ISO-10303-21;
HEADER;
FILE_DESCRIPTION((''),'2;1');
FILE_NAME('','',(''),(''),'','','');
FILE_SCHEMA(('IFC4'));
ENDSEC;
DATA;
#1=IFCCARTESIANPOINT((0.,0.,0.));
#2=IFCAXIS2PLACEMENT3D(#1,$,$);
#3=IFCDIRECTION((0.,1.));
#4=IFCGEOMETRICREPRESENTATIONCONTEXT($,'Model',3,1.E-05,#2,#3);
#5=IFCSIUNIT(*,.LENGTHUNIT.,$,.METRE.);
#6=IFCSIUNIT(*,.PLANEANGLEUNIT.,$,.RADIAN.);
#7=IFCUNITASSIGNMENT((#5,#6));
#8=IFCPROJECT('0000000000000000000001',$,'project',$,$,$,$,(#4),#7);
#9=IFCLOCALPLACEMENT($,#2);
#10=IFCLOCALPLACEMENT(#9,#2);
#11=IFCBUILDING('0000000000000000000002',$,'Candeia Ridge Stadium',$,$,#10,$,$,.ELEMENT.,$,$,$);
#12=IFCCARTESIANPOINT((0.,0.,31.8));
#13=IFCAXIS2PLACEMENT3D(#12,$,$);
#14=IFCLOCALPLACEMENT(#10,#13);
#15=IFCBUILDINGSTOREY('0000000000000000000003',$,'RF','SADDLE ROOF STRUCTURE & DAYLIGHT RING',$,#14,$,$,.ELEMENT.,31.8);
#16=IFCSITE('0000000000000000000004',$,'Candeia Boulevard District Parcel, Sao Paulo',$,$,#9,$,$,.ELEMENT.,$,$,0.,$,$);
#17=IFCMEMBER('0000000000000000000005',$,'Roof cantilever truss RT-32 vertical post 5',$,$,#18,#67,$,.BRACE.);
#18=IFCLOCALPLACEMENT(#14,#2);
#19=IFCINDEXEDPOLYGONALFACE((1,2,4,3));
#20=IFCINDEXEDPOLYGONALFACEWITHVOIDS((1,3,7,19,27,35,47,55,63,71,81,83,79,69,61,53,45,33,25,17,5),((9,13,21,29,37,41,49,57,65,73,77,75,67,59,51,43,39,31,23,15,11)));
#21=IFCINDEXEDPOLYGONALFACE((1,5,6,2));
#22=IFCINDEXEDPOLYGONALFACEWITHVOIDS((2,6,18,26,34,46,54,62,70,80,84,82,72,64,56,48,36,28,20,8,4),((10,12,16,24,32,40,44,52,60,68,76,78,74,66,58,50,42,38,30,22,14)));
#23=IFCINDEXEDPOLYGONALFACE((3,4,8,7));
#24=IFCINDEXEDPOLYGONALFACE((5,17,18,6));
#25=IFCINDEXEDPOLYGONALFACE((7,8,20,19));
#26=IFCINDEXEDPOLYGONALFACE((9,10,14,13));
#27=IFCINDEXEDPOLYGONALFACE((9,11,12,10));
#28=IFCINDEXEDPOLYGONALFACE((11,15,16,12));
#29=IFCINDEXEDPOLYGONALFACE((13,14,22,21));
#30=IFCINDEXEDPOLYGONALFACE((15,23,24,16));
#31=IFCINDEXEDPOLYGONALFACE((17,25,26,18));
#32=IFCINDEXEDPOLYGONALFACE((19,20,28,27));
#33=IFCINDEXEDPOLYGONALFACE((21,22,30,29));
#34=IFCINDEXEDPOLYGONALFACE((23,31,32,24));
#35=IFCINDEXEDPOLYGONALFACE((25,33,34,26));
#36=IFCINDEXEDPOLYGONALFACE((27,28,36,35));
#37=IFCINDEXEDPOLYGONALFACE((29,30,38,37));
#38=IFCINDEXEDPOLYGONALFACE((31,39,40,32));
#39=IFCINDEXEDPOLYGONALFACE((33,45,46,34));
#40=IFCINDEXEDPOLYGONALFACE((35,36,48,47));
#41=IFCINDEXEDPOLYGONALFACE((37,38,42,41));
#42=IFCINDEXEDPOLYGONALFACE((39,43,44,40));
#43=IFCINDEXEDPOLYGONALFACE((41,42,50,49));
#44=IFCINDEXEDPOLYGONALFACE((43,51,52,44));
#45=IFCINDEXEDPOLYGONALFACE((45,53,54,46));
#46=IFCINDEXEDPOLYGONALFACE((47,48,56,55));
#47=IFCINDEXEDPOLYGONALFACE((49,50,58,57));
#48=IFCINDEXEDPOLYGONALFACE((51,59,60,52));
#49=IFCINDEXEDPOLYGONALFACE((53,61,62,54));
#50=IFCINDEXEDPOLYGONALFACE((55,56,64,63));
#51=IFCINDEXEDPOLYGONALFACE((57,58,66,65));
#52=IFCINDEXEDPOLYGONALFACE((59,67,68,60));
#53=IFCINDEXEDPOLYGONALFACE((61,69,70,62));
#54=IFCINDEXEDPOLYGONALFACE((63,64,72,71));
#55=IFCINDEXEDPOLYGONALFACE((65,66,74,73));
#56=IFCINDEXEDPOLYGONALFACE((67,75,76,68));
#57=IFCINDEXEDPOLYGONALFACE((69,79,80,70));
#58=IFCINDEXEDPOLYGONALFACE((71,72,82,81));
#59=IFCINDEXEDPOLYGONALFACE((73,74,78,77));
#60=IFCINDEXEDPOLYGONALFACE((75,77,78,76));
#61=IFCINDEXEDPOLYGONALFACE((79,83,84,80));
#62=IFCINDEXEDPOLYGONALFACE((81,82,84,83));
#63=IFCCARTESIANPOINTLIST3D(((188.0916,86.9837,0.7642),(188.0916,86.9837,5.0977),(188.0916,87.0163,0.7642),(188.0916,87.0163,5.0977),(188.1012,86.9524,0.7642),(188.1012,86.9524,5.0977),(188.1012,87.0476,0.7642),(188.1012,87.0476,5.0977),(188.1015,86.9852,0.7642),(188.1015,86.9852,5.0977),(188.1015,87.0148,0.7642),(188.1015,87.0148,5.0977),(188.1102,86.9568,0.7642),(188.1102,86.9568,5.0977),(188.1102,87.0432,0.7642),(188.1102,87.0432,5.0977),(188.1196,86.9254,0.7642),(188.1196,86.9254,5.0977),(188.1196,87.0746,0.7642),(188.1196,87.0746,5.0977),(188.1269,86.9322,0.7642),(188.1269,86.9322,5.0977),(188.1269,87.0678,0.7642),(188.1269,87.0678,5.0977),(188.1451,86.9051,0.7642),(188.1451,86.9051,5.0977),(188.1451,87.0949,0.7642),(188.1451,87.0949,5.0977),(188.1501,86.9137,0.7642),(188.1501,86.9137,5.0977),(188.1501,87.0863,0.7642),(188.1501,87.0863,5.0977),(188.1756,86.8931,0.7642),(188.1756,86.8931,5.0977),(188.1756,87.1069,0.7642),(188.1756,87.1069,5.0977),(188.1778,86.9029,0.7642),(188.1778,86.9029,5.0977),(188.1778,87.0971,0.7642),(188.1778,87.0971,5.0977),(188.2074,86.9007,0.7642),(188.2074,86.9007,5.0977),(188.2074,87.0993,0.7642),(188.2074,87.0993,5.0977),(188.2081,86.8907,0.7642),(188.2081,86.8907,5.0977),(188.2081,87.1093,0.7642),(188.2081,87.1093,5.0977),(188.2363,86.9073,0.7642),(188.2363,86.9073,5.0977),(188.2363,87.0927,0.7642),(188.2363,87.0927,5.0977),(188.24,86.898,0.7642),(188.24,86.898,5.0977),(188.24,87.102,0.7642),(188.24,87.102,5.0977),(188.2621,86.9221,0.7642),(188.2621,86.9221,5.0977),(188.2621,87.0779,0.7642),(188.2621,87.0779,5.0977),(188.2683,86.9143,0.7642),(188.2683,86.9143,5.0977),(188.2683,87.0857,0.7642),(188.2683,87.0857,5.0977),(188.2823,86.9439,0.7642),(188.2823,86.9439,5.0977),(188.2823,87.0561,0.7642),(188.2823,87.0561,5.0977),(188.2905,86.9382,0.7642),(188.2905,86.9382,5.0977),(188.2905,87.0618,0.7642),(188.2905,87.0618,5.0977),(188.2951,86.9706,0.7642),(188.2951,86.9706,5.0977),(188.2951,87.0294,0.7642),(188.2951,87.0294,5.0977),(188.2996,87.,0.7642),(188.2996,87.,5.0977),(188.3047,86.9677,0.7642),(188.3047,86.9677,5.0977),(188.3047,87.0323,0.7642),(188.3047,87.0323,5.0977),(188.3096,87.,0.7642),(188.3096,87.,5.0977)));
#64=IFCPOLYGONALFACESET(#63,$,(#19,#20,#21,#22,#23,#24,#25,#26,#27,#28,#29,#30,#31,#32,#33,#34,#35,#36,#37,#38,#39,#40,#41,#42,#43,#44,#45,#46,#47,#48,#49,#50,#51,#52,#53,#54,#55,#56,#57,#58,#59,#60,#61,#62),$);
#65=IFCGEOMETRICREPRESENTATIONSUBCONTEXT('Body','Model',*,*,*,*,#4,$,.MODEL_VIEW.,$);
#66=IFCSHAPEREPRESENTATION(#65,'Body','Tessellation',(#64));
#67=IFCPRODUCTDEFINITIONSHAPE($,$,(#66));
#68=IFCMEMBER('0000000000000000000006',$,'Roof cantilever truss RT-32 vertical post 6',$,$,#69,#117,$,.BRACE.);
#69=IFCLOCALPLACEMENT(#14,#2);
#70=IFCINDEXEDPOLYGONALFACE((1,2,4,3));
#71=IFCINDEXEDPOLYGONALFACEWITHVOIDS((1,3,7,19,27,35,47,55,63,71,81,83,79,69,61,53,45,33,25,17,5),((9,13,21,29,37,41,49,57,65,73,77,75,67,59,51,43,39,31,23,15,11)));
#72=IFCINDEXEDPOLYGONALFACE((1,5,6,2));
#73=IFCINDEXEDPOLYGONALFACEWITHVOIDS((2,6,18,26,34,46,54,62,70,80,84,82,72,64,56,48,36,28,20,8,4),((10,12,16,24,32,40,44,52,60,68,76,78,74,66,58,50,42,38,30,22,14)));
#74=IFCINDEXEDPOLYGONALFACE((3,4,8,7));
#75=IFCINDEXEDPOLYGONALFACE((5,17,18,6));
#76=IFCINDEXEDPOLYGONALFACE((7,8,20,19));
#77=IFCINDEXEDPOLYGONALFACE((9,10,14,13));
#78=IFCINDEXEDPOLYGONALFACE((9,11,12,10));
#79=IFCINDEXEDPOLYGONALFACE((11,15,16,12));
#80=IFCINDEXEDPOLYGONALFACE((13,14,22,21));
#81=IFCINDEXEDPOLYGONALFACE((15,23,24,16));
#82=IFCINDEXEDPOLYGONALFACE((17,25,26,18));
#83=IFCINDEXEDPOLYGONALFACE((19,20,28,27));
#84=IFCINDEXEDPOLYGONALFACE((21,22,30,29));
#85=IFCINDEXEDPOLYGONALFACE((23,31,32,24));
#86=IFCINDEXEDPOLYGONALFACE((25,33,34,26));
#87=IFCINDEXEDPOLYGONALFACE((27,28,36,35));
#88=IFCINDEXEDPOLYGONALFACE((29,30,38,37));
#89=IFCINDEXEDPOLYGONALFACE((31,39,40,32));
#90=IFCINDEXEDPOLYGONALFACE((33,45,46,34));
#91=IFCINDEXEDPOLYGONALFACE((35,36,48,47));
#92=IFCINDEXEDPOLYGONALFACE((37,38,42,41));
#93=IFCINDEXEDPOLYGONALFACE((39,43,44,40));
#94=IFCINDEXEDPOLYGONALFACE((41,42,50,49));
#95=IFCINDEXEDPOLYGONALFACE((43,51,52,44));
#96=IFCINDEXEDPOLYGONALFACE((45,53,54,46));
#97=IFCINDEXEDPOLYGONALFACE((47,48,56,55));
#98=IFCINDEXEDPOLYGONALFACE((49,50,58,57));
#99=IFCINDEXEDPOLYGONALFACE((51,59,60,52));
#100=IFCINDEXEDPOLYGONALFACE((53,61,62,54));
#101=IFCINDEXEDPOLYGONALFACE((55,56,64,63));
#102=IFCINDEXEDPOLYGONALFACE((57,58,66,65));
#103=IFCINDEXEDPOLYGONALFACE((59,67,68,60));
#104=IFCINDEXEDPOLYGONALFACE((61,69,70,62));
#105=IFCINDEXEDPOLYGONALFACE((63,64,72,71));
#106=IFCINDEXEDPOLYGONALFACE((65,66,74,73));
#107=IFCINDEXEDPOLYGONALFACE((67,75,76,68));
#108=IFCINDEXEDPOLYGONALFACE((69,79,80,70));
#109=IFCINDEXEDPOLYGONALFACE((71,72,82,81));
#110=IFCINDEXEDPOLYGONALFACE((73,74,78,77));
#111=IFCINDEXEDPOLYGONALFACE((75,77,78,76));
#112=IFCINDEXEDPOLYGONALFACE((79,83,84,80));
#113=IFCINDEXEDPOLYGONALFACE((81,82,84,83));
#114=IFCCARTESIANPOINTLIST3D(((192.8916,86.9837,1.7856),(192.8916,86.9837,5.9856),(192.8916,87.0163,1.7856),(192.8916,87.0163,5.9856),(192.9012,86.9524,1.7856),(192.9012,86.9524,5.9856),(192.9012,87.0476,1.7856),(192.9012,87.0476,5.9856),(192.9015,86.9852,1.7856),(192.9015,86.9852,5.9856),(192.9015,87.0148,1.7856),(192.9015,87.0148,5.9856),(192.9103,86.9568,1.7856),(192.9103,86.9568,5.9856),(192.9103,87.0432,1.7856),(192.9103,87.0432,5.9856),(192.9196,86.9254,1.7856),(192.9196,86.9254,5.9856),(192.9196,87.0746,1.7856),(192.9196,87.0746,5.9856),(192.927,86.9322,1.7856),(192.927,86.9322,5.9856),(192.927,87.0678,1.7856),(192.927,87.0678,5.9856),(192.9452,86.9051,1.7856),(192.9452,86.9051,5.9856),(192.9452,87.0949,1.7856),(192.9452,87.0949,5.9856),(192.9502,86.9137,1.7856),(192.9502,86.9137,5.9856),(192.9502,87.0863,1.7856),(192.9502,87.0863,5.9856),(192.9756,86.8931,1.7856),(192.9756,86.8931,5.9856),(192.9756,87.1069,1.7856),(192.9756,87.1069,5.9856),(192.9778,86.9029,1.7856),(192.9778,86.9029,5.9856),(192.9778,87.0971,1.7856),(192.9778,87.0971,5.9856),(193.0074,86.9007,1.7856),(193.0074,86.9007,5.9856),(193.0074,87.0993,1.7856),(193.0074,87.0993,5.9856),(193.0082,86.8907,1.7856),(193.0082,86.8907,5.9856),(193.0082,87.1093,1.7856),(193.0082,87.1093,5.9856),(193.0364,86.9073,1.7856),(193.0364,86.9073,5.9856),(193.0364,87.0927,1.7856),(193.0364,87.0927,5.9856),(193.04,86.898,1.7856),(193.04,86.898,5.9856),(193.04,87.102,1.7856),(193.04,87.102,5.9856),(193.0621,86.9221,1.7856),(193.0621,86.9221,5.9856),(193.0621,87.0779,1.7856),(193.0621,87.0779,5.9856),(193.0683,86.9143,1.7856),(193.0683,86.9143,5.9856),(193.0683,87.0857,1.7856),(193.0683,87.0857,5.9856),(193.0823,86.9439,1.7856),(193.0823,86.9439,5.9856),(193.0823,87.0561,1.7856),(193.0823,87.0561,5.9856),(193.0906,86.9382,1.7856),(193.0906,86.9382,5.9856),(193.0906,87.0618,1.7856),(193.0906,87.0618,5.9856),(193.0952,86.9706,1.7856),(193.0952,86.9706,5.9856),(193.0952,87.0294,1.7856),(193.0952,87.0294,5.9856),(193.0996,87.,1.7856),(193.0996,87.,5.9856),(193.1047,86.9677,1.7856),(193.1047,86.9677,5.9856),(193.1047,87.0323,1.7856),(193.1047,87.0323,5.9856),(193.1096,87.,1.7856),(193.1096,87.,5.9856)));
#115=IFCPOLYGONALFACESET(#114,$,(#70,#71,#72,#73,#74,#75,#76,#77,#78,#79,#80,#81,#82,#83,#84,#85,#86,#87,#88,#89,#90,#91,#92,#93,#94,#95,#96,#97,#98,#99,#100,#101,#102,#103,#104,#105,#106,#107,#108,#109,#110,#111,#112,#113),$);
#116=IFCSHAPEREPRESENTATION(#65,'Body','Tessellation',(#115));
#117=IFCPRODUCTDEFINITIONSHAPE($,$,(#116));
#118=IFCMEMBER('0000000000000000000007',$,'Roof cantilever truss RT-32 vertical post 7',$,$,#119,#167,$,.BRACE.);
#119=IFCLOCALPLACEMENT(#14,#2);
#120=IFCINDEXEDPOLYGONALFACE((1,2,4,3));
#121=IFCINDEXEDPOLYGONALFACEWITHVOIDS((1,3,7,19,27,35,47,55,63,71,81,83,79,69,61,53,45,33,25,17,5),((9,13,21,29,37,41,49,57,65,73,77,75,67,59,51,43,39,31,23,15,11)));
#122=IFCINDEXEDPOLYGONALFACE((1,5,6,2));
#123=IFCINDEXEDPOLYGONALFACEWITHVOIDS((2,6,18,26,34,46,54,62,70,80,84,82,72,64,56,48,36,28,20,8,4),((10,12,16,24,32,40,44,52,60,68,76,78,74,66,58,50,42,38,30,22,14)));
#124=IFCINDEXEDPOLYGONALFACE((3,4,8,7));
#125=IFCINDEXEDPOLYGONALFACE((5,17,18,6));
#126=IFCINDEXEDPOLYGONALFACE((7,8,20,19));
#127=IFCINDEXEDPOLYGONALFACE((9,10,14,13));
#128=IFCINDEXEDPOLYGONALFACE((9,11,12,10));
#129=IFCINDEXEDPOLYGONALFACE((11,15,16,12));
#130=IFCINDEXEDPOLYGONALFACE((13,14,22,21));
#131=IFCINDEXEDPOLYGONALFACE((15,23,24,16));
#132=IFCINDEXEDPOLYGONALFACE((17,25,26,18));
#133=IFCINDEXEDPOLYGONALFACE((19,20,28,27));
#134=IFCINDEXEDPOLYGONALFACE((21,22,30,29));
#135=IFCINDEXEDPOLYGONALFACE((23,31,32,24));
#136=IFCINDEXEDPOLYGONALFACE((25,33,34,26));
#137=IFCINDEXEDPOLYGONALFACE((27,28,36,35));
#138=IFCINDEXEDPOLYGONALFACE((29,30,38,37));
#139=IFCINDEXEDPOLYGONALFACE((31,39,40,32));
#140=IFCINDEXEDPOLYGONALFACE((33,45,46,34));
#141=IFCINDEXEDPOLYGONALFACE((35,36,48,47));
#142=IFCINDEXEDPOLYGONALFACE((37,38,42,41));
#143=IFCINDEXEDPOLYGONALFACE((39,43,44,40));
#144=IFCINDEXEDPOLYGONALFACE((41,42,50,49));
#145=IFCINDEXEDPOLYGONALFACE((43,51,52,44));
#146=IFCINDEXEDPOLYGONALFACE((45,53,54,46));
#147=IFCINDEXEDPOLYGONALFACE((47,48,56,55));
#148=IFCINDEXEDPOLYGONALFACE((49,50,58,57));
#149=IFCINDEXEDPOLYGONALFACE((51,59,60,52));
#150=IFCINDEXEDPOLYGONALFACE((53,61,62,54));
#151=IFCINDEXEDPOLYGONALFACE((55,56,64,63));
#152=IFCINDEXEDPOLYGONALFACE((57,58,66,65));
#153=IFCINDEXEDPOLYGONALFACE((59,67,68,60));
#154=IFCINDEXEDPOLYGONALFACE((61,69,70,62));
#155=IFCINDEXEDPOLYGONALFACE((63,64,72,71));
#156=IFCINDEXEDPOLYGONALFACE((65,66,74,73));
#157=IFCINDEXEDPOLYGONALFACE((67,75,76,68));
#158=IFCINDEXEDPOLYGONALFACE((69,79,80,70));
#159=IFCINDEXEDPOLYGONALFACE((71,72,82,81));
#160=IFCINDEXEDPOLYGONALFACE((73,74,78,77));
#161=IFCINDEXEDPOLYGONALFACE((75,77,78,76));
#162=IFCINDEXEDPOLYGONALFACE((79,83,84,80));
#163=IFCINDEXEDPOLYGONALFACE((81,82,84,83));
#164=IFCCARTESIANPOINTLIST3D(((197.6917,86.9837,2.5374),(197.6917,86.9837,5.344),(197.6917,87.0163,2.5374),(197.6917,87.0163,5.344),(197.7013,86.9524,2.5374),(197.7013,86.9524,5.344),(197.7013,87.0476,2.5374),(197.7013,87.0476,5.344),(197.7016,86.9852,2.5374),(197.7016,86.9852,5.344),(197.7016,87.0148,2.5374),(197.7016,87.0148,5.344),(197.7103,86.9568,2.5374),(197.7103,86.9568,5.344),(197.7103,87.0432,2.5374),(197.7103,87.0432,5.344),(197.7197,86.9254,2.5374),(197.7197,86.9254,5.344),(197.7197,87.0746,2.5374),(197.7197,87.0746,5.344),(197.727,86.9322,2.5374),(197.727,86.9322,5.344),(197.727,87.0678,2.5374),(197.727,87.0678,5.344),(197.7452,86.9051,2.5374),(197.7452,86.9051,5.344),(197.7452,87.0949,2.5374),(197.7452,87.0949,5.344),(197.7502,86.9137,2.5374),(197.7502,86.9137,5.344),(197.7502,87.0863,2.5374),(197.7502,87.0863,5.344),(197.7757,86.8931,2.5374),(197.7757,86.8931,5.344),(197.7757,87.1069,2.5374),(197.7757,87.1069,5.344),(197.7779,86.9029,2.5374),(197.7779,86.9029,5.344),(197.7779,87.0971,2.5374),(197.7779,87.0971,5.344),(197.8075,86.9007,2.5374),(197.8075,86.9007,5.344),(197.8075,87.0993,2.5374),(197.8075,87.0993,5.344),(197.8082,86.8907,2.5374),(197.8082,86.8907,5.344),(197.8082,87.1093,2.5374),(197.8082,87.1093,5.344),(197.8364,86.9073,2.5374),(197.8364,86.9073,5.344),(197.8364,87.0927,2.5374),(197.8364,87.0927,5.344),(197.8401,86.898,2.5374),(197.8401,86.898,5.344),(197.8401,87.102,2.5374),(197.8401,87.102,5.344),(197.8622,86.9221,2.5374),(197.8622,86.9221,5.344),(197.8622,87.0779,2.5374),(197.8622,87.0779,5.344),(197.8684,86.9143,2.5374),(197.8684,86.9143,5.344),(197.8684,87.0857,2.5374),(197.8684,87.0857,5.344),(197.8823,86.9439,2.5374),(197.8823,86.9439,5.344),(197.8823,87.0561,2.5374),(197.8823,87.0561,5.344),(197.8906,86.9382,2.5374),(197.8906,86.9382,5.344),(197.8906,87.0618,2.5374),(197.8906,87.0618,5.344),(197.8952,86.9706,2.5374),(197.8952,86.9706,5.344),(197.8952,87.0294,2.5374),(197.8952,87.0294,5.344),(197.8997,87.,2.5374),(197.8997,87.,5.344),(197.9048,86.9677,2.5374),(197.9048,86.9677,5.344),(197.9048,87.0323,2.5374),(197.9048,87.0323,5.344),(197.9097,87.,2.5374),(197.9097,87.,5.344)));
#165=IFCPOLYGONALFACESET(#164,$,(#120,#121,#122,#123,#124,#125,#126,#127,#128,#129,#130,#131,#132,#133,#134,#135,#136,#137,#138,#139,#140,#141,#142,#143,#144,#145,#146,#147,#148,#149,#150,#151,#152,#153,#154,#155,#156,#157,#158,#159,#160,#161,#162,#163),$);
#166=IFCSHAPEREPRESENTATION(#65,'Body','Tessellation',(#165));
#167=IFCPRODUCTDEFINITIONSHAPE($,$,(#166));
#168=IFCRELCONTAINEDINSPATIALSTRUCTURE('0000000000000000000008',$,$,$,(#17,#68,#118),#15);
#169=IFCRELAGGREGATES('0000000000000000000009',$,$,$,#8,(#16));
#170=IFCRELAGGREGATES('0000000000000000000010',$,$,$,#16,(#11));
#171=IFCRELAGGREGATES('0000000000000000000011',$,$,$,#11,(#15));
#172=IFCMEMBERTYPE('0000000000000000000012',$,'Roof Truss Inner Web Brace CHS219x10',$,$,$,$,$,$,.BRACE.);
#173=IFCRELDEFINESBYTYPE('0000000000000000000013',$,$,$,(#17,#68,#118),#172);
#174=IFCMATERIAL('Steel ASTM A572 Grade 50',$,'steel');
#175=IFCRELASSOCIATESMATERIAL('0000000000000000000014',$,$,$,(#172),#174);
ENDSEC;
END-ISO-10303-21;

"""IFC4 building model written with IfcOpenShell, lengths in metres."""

from ifc_helpers import new_model, si_unit, direction, frame, origin, origin_2d, place, context, subcontext, project, spatial, hollow_circle, extrude, material, material_profile, profile_set, type_object, element, save


model = new_model("IFC4")

# Units and contexts
model_context = context("Model", 3, precision=1e-05, world=origin(), true_north=direction((0.0, 1.0)))
body_context = subcontext(model_context, "Body", "Model", "MODEL_VIEW")
ifc_project = project(units=[si_unit("LENGTHUNIT", "METRE"), si_unit("PLANEANGLEUNIT", "RADIAN")], contexts=[model_context])

# Site, building, storey
site_placement = place(None, origin())
site = spatial("IfcSite", under=ifc_project, at=site_placement, Name="Candeia Boulevard District Parcel, Sao Paulo", CompositionType="ELEMENT", RefElevation=0.0)
building_placement = place(site_placement, origin())
building = spatial("IfcBuilding", under=site, at=building_placement, Name="Candeia Ridge Stadium", CompositionType="ELEMENT")
storey_placement = place(building_placement, frame((0.0, 0.0, 31.8)))
storey = spatial("IfcBuildingStorey", under=building, at=storey_placement, Name="RF", Description="SADDLE ROOF STRUCTURE & DAYLIGHT RING", CompositionType="ELEMENT", Elevation=31.8)

# Shared definitions
ifc_material_1 = material(Name="Steel ASTM A572 Grade 50", Category="steel")

# Members
ifc_material_profile_1 = material_profile(ifc_material_1, hollow_circle(Radius=0.1096, WallThickness=0.01, at=origin_2d()), Name="CHS219x10", Category="steel")
ifc_profile_set_1 = profile_set([ifc_material_profile_1], Name="Steel ASTM A572 Grade 50")
member_type_1 = type_object("IfcMemberType", Name="Roof Truss Inner Web Brace CHS219x10", PredefinedType="BRACE", material=ifc_profile_set_1)
member_1_placement = place(storey_placement, frame((188.2, 87.0, 0.7642), z_axis=(0.0, 0.0, 1.0), x_axis=(1.0, 0.0, 0.0)))
element("IfcMember", 1, at=member_1_placement, inside=storey, type_object=member_type_1, Name="Roof cantilever truss RT-32 vertical post 5", PredefinedType="BRACE", context=body_context, shape_type="SweptSolid", body=[
    extrude(hollow_circle(Radius=0.1096, WallThickness=0.01, at=origin_2d()), origin(), (0.0, 0.0, 1.0), 4.3335),
])
member_2_placement = place(storey_placement, frame((193.0, 87.0, 1.7856), z_axis=(0.0, 0.0, 1.0), x_axis=(1.0, 0.0, 0.0)))
element("IfcMember", 2, at=member_2_placement, inside=storey, type_object=member_type_1, Name="Roof cantilever truss RT-32 vertical post 6", PredefinedType="BRACE", context=body_context, shape_type="SweptSolid", body=[
    extrude(hollow_circle(Radius=0.1096, WallThickness=0.01, at=origin_2d()), origin(), (0.0, 0.0, 1.0), 4.2),
])
member_3_placement = place(storey_placement, frame((197.8, 87.0, 2.5374), z_axis=(0.0, 0.0, 1.0), x_axis=(1.0, 0.0, 0.0)))
element("IfcMember", 3, at=member_3_placement, inside=storey, type_object=member_type_1, Name="Roof cantilever truss RT-32 vertical post 7", PredefinedType="BRACE", context=body_context, shape_type="SweptSolid", body=[
    extrude(hollow_circle(Radius=0.1096, WallThickness=0.01, at=origin_2d()), origin(), (0.0, 0.0, 1.0), 2.8066),
])

save(model, "model.ifc")
